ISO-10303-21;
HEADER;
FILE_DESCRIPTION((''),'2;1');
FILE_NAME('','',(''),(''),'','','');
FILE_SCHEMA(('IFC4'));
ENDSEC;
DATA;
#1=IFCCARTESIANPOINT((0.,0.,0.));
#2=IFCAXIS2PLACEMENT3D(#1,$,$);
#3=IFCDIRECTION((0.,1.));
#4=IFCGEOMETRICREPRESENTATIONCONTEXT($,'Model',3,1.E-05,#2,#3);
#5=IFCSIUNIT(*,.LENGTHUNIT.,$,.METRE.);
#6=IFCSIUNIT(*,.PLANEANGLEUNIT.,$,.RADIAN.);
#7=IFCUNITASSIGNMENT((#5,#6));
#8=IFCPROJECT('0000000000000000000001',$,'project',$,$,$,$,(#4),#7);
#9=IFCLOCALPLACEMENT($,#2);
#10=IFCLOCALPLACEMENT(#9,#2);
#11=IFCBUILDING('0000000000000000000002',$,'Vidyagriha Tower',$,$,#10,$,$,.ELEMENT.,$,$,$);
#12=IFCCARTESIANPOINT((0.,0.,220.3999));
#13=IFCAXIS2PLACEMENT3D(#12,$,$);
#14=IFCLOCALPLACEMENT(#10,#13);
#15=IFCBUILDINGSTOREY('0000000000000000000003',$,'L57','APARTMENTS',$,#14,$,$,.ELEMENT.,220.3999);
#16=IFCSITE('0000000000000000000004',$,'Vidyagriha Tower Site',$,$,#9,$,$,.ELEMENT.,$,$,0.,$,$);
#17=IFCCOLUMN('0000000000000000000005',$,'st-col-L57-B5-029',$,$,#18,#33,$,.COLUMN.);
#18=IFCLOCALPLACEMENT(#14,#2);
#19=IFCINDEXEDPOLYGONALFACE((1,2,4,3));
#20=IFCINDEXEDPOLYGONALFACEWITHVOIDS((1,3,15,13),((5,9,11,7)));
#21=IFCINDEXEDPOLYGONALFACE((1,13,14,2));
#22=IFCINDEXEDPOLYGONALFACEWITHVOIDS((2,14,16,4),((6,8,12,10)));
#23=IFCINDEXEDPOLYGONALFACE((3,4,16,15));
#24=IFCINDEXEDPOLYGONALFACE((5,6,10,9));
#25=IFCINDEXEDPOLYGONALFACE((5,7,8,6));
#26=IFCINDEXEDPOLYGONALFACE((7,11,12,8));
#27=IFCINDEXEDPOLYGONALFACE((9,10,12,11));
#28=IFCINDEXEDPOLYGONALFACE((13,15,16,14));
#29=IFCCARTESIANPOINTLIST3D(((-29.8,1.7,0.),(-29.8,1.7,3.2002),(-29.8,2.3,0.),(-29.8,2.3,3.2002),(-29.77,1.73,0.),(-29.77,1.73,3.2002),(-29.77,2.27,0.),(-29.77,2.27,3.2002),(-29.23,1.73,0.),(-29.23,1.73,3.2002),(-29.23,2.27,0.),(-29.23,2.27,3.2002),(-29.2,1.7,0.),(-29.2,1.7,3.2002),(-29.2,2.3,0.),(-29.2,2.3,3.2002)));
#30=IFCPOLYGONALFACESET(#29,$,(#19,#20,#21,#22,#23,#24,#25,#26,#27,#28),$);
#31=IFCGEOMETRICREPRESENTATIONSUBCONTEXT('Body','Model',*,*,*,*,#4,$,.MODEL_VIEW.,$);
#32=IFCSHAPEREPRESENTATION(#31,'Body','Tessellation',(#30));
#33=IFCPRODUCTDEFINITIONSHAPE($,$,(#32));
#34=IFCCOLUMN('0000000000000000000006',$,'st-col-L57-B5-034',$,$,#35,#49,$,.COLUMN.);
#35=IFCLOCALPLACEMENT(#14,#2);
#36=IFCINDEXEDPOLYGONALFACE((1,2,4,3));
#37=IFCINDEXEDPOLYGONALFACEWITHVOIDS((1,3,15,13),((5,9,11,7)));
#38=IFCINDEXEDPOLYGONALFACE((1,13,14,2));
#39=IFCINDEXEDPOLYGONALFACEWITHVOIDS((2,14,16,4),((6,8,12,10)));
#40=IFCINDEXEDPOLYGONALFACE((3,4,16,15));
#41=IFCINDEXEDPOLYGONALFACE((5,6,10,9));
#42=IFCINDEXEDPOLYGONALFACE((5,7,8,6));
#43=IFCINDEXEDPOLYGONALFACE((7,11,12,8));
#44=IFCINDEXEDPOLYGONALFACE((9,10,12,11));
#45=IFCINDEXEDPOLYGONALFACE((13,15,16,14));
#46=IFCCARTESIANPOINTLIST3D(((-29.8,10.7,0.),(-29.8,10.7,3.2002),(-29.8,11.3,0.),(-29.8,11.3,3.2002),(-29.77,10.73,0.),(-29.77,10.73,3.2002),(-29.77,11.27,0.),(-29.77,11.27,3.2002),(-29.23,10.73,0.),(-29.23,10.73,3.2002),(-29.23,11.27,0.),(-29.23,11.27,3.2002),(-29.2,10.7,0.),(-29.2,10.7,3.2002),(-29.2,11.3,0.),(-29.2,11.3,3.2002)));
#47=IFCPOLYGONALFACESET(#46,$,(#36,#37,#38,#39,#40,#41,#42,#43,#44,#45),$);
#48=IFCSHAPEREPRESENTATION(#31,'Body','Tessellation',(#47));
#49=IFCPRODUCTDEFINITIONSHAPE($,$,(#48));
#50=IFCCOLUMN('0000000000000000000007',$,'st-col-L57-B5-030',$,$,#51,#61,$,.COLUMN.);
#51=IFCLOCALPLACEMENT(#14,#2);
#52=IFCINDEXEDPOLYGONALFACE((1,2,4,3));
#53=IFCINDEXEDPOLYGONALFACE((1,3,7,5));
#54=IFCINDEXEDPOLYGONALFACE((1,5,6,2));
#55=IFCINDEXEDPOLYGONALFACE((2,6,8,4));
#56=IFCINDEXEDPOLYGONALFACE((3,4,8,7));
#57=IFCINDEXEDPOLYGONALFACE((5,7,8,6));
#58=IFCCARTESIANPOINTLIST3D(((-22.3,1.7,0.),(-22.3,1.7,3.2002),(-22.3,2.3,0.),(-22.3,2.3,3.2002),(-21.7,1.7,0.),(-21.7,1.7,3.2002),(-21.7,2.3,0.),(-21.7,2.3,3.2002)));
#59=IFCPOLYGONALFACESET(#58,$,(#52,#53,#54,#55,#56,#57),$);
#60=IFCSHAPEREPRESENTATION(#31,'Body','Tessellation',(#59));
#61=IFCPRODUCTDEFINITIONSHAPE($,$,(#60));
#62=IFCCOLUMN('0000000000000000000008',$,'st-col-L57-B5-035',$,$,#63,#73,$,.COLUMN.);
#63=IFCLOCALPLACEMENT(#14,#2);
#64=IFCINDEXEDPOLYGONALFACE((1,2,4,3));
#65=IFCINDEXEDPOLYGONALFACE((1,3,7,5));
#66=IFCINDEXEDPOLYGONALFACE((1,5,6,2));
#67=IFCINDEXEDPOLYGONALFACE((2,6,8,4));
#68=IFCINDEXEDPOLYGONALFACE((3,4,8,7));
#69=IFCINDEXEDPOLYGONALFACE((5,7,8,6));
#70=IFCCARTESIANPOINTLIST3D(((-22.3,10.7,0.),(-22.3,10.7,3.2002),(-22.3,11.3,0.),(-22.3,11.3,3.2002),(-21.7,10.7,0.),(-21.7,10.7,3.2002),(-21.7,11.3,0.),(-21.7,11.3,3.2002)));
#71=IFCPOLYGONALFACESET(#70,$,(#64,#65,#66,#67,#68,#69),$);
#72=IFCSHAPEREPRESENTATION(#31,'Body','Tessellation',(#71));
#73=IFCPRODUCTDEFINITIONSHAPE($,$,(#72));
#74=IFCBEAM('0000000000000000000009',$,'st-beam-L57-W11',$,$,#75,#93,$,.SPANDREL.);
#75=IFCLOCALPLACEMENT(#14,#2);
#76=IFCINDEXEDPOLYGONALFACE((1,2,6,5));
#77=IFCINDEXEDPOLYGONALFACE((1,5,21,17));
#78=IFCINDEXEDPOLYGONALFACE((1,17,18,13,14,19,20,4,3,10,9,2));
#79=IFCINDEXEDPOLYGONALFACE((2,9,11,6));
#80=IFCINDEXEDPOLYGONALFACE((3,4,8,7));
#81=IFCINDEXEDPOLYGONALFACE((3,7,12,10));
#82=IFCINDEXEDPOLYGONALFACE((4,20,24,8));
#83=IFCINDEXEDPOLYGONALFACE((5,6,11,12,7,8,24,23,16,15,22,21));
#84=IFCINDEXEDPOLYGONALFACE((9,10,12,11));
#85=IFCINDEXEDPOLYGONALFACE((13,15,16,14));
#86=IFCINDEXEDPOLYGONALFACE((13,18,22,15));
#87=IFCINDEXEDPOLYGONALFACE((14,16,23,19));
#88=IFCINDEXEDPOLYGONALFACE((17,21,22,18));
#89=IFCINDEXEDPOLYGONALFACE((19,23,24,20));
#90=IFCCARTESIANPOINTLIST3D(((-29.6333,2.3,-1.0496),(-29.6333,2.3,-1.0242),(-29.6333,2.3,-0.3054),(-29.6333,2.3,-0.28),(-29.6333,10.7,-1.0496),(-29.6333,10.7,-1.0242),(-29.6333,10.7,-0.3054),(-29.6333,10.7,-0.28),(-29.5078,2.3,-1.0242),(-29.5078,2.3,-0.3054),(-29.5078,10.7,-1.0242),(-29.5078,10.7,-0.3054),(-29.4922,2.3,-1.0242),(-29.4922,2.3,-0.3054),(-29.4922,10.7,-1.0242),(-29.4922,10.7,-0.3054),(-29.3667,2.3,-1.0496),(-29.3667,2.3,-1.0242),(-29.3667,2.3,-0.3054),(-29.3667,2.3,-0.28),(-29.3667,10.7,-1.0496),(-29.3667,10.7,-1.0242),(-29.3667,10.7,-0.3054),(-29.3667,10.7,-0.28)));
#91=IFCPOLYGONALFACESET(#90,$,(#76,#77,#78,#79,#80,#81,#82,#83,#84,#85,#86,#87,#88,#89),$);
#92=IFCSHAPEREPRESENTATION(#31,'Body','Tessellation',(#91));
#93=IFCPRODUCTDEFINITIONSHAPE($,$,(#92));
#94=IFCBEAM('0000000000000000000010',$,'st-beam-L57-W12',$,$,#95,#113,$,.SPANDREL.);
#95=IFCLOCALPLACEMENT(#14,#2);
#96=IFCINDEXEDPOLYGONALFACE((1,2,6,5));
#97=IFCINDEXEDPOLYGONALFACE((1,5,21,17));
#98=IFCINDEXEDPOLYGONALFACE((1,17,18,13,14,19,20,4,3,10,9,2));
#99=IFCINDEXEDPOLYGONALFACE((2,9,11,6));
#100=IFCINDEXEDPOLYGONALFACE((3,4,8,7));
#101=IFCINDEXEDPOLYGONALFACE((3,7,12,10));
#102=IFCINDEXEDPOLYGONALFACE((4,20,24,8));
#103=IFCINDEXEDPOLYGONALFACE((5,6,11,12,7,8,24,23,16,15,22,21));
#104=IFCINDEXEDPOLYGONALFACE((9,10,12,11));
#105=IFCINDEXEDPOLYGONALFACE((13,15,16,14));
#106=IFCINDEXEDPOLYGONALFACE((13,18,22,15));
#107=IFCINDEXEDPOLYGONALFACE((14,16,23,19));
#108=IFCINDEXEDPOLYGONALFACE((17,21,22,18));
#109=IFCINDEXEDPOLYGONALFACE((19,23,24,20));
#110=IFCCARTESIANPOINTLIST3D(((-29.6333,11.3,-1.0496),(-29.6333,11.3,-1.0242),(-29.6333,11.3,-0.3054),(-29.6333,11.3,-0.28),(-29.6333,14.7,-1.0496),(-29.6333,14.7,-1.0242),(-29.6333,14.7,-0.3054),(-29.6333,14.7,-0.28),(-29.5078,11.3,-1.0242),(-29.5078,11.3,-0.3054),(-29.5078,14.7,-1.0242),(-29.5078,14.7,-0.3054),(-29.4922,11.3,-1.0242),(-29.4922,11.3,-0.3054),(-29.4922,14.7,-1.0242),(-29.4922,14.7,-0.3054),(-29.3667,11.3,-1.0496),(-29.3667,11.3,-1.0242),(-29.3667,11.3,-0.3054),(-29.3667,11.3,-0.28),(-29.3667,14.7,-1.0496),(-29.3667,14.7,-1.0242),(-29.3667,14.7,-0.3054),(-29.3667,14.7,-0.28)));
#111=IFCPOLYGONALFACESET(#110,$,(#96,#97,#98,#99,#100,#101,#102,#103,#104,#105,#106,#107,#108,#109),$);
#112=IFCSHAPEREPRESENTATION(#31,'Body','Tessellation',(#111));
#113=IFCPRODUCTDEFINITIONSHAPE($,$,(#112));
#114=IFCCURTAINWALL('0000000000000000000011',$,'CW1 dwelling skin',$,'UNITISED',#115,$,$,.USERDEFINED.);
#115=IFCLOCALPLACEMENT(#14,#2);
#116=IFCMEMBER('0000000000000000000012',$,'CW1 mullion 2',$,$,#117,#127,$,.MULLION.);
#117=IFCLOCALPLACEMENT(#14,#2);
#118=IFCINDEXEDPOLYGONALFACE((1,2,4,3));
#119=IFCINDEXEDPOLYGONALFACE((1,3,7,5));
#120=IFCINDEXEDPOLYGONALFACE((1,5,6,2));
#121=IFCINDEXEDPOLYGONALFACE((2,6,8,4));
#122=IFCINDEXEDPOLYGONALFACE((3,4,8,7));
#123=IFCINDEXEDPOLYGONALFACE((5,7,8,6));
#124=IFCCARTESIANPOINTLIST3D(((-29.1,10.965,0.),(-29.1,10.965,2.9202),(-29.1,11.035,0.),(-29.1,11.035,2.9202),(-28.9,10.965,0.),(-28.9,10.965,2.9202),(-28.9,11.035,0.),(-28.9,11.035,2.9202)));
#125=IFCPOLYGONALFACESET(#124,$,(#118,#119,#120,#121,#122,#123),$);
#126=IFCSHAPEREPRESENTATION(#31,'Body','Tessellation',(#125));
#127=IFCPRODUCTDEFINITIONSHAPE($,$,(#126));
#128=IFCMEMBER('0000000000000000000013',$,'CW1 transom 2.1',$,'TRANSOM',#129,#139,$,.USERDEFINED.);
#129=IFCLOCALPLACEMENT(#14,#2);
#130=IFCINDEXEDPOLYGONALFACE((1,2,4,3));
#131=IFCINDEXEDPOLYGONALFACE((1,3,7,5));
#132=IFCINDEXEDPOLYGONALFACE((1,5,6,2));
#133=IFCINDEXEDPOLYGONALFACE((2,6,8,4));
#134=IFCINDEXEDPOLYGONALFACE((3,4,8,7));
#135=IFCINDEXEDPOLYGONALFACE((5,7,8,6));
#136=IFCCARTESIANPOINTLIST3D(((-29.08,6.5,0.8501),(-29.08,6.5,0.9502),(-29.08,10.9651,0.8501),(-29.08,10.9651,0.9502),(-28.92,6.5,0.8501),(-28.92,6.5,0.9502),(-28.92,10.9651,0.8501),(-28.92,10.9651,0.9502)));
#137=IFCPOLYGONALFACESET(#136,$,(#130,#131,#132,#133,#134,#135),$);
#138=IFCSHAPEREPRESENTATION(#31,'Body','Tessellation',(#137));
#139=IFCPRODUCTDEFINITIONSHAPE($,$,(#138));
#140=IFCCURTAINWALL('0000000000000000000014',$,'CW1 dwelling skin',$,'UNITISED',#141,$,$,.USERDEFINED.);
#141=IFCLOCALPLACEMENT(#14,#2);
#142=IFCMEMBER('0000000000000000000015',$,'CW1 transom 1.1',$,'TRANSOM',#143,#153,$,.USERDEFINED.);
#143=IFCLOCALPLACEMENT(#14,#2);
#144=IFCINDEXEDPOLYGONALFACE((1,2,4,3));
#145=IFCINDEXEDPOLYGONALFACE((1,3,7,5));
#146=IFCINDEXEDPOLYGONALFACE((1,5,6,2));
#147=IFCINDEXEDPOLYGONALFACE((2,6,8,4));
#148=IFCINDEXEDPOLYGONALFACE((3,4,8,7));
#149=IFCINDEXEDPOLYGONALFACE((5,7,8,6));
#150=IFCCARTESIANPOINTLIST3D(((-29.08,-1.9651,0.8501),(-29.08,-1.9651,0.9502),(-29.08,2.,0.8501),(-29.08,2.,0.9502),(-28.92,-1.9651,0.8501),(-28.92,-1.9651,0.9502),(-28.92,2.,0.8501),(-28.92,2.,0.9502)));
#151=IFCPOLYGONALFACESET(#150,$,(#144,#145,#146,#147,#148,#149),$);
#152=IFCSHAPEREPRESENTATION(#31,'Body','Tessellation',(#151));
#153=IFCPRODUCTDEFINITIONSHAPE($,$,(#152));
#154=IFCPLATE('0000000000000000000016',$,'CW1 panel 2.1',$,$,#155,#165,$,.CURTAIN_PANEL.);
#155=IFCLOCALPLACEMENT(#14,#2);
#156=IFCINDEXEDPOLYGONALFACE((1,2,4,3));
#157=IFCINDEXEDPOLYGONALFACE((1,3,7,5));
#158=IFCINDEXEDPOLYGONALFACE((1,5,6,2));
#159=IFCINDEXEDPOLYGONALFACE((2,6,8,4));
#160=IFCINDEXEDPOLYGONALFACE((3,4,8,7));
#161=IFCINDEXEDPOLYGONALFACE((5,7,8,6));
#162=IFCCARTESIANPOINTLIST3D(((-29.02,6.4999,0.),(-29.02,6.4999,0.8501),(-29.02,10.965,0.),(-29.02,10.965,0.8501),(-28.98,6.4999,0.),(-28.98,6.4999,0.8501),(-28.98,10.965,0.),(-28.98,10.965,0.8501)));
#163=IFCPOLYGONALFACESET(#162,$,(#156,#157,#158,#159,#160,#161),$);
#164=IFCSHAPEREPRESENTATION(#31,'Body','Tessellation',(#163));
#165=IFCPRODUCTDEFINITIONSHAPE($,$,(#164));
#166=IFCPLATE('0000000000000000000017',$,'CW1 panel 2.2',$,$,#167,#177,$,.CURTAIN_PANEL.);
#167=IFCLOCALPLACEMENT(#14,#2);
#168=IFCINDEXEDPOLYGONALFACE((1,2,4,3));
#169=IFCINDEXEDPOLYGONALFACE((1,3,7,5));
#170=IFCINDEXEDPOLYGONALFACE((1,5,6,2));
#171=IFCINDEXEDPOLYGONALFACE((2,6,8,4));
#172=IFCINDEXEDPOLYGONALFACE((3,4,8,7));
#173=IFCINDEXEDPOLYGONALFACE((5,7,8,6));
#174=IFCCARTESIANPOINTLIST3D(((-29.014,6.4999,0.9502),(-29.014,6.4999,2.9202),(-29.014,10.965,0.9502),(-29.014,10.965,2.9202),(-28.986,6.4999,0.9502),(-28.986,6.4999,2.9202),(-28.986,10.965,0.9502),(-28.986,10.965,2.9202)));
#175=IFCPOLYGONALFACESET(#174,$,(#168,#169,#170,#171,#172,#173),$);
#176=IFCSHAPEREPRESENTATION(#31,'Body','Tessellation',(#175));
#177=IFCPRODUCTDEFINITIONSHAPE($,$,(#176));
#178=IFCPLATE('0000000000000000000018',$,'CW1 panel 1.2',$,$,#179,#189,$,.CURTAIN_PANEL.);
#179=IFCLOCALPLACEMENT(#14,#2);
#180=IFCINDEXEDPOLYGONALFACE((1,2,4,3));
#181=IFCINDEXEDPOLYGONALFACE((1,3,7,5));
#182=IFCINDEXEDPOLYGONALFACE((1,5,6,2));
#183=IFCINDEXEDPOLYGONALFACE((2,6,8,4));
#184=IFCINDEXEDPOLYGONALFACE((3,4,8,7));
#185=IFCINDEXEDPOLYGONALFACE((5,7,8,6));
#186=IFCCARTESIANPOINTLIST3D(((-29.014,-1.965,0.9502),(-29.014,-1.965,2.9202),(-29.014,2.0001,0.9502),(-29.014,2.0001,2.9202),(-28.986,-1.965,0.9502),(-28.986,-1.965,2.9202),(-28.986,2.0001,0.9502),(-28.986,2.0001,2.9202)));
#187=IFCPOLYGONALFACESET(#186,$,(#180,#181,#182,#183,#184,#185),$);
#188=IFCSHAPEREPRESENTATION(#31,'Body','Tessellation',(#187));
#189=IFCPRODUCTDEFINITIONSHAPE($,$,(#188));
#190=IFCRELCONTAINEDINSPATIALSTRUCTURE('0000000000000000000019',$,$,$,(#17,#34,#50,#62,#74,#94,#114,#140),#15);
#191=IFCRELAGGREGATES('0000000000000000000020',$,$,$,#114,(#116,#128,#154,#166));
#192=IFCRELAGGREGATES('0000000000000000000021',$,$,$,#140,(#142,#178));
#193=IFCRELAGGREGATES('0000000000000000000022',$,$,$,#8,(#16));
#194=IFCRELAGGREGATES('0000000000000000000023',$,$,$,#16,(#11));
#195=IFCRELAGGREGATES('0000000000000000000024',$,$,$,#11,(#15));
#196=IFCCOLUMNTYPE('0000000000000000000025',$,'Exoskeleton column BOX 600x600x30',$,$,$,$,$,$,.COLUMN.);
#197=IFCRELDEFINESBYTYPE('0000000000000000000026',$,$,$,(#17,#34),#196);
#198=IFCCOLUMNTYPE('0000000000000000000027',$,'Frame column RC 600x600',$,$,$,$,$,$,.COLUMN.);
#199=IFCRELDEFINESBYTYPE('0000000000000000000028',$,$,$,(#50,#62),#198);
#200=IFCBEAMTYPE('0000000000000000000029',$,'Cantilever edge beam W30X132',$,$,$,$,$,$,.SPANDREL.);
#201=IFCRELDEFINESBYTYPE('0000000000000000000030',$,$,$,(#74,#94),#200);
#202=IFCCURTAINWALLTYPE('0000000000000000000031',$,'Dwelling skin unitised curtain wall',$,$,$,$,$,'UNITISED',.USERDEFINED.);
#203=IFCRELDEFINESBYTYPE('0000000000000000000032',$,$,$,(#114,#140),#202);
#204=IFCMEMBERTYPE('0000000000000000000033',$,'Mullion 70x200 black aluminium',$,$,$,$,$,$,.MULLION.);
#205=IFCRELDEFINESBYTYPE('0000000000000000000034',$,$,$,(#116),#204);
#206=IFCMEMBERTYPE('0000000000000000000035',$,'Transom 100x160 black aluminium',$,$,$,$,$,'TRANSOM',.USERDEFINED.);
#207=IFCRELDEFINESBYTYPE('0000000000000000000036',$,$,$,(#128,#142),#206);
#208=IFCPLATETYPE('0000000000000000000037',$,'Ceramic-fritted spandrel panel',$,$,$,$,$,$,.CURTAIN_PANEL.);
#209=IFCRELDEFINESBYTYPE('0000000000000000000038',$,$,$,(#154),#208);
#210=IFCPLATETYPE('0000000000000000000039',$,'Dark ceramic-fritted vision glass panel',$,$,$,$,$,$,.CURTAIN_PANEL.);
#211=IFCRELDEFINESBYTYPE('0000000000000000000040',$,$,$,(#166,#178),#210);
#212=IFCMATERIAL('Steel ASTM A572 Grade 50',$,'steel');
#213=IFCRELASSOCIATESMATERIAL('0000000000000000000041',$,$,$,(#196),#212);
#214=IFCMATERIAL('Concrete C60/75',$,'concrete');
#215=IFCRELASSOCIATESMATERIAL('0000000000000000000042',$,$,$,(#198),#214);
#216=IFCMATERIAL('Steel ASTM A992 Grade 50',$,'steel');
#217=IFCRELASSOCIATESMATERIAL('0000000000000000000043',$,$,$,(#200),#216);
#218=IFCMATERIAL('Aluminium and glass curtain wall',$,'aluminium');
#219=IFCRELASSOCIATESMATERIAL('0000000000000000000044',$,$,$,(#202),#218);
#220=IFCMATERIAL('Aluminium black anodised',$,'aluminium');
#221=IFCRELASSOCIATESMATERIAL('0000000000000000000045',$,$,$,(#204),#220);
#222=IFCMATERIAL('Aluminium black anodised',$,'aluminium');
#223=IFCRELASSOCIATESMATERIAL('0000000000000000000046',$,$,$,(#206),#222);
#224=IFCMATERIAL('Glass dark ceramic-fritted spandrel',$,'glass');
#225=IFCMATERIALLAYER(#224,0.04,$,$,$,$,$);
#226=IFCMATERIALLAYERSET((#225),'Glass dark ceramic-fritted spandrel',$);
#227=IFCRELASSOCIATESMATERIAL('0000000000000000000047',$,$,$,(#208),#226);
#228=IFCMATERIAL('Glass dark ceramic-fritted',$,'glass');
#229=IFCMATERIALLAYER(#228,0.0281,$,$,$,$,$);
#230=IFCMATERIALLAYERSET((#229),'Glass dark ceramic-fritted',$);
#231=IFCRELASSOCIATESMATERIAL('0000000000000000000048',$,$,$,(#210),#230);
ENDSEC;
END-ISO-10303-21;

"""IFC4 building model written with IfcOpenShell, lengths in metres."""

from ifc_helpers import new_model, si_unit, direction, frame, origin, origin_2d, place, context, subcontext, project, spatial, rectangle, hollow_rectangle, i_section, extrude, material, layer, layer_set, material_profile, profile_set, type_object, element, aggregate, save


model = new_model("IFC4")

# Units and contexts
model_context = context("Model", 3, precision=1e-05, world=origin(), true_north=direction((0.0, 1.0)))
body_context = subcontext(model_context, "Body", "Model", "MODEL_VIEW")
ifc_project = project(units=[si_unit("LENGTHUNIT", "METRE"), si_unit("PLANEANGLEUNIT", "RADIAN")], contexts=[model_context])

# Site, building, storey
site_placement = place(None, origin())
site = spatial("IfcSite", under=ifc_project, at=site_placement, Name="Vidyagriha Tower Site", CompositionType="ELEMENT", RefElevation=0.0)
building_placement = place(site_placement, origin())
building = spatial("IfcBuilding", under=site, at=building_placement, Name="Vidyagriha Tower", CompositionType="ELEMENT")
storey_placement = place(building_placement, frame((0.0, 0.0, 220.3999)))
storey = spatial("IfcBuildingStorey", under=building, at=storey_placement, Name="L57", Description="APARTMENTS", CompositionType="ELEMENT", Elevation=220.3999)

# Columns
ifc_material_1 = material(Name="Steel ASTM A572 Grade 50", Category="steel")
ifc_material_profile_1 = material_profile(ifc_material_1, hollow_rectangle(XDim=0.6001, YDim=0.6001, WallThickness=0.03, at=origin_2d()), Name="BOX 600x600x30")
ifc_profile_set_1 = profile_set([ifc_material_profile_1], Name="Steel ASTM A572 Grade 50")
column_type_1 = type_object("IfcColumnType", Name="Exoskeleton column BOX 600x600x30", PredefinedType="COLUMN", material=ifc_profile_set_1)
for number, where, name in (
    (1, (-29.5, 2.0, 0.0), "st-col-L57-B5-029"),
    (2, (-29.5, 11.0, 0.0), "st-col-L57-B5-034"),
):
    element("IfcColumn", number, at=place(storey_placement, frame(where)), inside=storey, type_object=column_type_1, Name=name, PredefinedType="COLUMN", context=body_context, shape_type="SweptSolid", body=[
        extrude(hollow_rectangle(XDim=0.6001, YDim=0.6001, WallThickness=0.03, at=origin_2d()), origin(), (0.0, 0.0, 1.0), 3.2002),
    ])
ifc_material_2 = material(Name="Concrete C60/75", Category="concrete")
ifc_material_profile_2 = material_profile(ifc_material_2, rectangle(XDim=0.6001, YDim=0.6001, at=origin_2d()), Name="RC 600x600")
ifc_profile_set_2 = profile_set([ifc_material_profile_2], Name="Concrete C60/75")
column_type_2 = type_object("IfcColumnType", Name="Frame column RC 600x600", PredefinedType="COLUMN", material=ifc_profile_set_2)
for number, where, name in (
    (3, (-22.0, 2.0, 0.0), "st-col-L57-B5-030"),
    (4, (-22.0, 11.0, 0.0), "st-col-L57-B5-035"),
):
    element("IfcColumn", number, at=place(storey_placement, frame(where)), inside=storey, type_object=column_type_2, Name=name, PredefinedType="COLUMN", context=body_context, shape_type="SweptSolid", body=[
        extrude(rectangle(XDim=0.6001, YDim=0.6001, at=origin_2d()), origin(), (0.0, 0.0, 1.0), 3.2002),
    ])

# Beams
ifc_material_3 = material(Name="Steel ASTM A992 Grade 50", Category="steel")
ifc_material_profile_3 = material_profile(ifc_material_3, i_section(OverallWidth=0.2666, OverallDepth=0.7695, WebThickness=0.0156, FlangeThickness=0.0254, at=origin_2d()), Name="W30X132")
ifc_profile_set_3 = profile_set([ifc_material_profile_3], Name="Steel ASTM A992 Grade 50")
beam_type = type_object("IfcBeamType", Name="Cantilever edge beam W30X132", PredefinedType="SPANDREL", material=ifc_profile_set_3)
beam_1_placement = place(storey_placement, frame((-29.5, 2.3, -0.6648), z_axis=(0.0, 1.0, 0.0), x_axis=(-1.0, 0.0, 0.0)))
element("IfcBeam", 5, at=beam_1_placement, inside=storey, type_object=beam_type, Name="st-beam-L57-W11", PredefinedType="SPANDREL", context=body_context, shape_type="SweptSolid", body=[
    extrude(i_section(OverallWidth=0.2666, OverallDepth=0.7695, WebThickness=0.0156, FlangeThickness=0.0254, at=origin_2d()), origin(), (0.0, 0.0, 1.0), 8.3999),
])
beam_2_placement = place(storey_placement, frame((-29.5, 11.3, -0.6648), z_axis=(0.0, 1.0, 0.0), x_axis=(-1.0, 0.0, 0.0)))
element("IfcBeam", 6, at=beam_2_placement, inside=storey, type_object=beam_type, Name="st-beam-L57-W12", PredefinedType="SPANDREL", context=body_context, shape_type="SweptSolid", body=[
    extrude(i_section(OverallWidth=0.2666, OverallDepth=0.7695, WebThickness=0.0156, FlangeThickness=0.0254, at=origin_2d()), origin(), (0.0, 0.0, 1.0), 3.3999),
])

# Curtain wall, members
ifc_material_4 = material(Name="Aluminium and glass curtain wall", Category="aluminium")
curtain_wall_type = type_object("IfcCurtainWallType", Name="Dwelling skin unitised curtain wall", ElementType="UNITISED", PredefinedType="USERDEFINED", material=ifc_material_4)
curtain_wall_1_placement = place(storey_placement, origin())
curtain_wall_1 = element("IfcCurtainWall", 7, at=curtain_wall_1_placement, inside=storey, type_object=curtain_wall_type, Name="CW1 dwelling skin", ObjectType="UNITISED", PredefinedType="USERDEFINED")
ifc_material_5 = material(Name="Aluminium black anodised", Category="aluminium")
ifc_material_profile_4 = material_profile(ifc_material_5, rectangle(XDim=0.2, YDim=0.0701, at=origin_2d()), Name="Mullion 70x200 black aluminium")
ifc_profile_set_4 = profile_set([ifc_material_profile_4], Name="Aluminium black anodised")
member_type_1 = type_object("IfcMemberType", Name="Mullion 70x200 black aluminium", PredefinedType="MULLION", material=ifc_profile_set_4)
member_1_placement = place(storey_placement, frame((-29.0, 11.0, 0.0)))
member_1 = element("IfcMember", 8, at=member_1_placement, type_object=member_type_1, Name="CW1 mullion 2", PredefinedType="MULLION", context=body_context, shape_type="SweptSolid", body=[
    extrude(rectangle(XDim=0.2, YDim=0.0701, at=origin_2d()), origin(), (0.0, 0.0, 1.0), 2.9202),
])
ifc_material_6 = material(Name="Aluminium black anodised", Category="aluminium")
ifc_material_profile_5 = material_profile(ifc_material_6, rectangle(XDim=0.1599, YDim=0.1001, at=origin_2d()), Name="Transom 100x160 black aluminium")
ifc_profile_set_5 = profile_set([ifc_material_profile_5], Name="Aluminium black anodised")
member_type_2 = type_object("IfcMemberType", Name="Transom 100x160 black aluminium", ElementType="TRANSOM", PredefinedType="USERDEFINED", material=ifc_profile_set_5)
member_2_placement = place(storey_placement, frame((-29.0, 10.9651, 0.9001), z_axis=(0.0, -1.0, 0.0), x_axis=(1.0, 0.0, 0.0)))
member_2 = element("IfcMember", 9, at=member_2_placement, type_object=member_type_2, Name="CW1 transom 2.1", ObjectType="TRANSOM", PredefinedType="USERDEFINED", context=body_context, shape_type="SweptSolid", body=[
    extrude(rectangle(XDim=0.1599, YDim=0.1001, at=origin_2d()), origin(), (0.0, 0.0, 1.0), 4.4651),
])

# Curtain wall, member
curtain_wall_2_placement = place(storey_placement, origin())
curtain_wall_2 = element("IfcCurtainWall", 10, at=curtain_wall_2_placement, inside=storey, type_object=curtain_wall_type, Name="CW1 dwelling skin", ObjectType="UNITISED", PredefinedType="USERDEFINED")
member_3_placement = place(storey_placement, frame((-29.0, 2.0, 0.9001), z_axis=(0.0, -1.0, 0.0), x_axis=(1.0, 0.0, 0.0)))
member_3 = element("IfcMember", 11, at=member_3_placement, type_object=member_type_2, Name="CW1 transom 1.1", ObjectType="TRANSOM", PredefinedType="USERDEFINED", context=body_context, shape_type="SweptSolid", body=[
    extrude(rectangle(XDim=0.1599, YDim=0.1001, at=origin_2d()), origin(), (0.0, 0.0, 1.0), 3.9651),
])

# Plates
ifc_material_7 = material(Name="Glass dark ceramic-fritted spandrel", Category="glass")
ifc_layer_1 = layer(ifc_material_7, 0.04)
ifc_layer_set_1 = layer_set([ifc_layer_1], Name="Glass dark ceramic-fritted spandrel")
plate_type_1 = type_object("IfcPlateType", Name="Ceramic-fritted spandrel panel", PredefinedType="CURTAIN_PANEL", material=ifc_layer_set_1)
plate_1_placement = place(storey_placement, frame((-29.0, 8.7324, 0.0), z_axis=(0.0, 0.0, 1.0), x_axis=(0.0, -1.0, 0.0)))
plate_1 = element("IfcPlate", 12, at=plate_1_placement, type_object=plate_type_1, Name="CW1 panel 2.1", PredefinedType="CURTAIN_PANEL", context=body_context, shape_type="SweptSolid", body=[
    extrude(rectangle(XDim=4.4651, YDim=0.04, at=origin_2d()), origin(), (0.0, 0.0, 1.0), 0.8501),
])
ifc_material_8 = material(Name="Glass dark ceramic-fritted", Category="glass")
ifc_layer_2 = layer(ifc_material_8, 0.0281)
ifc_layer_set_2 = layer_set([ifc_layer_2], Name="Glass dark ceramic-fritted")
plate_type_2 = type_object("IfcPlateType", Name="Dark ceramic-fritted vision glass panel", PredefinedType="CURTAIN_PANEL", material=ifc_layer_set_2)
plate_2_placement = place(storey_placement, frame((-29.0, 8.7324, 0.9502), z_axis=(0.0, 0.0, 1.0), x_axis=(0.0, -1.0, 0.0)))
plate_2 = element("IfcPlate", 13, at=plate_2_placement, type_object=plate_type_2, Name="CW1 panel 2.2", PredefinedType="CURTAIN_PANEL", context=body_context, shape_type="SweptSolid", body=[
    extrude(rectangle(XDim=4.4651, YDim=0.0281, at=origin_2d()), origin(), (0.0, 0.0, 1.0), 1.97),
])
aggregate(curtain_wall_1, [member_1, member_2, plate_1, plate_2])
plate_3_placement = place(storey_placement, frame((-29.0, 0.0176, 0.9502), z_axis=(0.0, 0.0, 1.0), x_axis=(0.0, -1.0, 0.0)))
plate_3 = element("IfcPlate", 14, at=plate_3_placement, type_object=plate_type_2, Name="CW1 panel 1.2", PredefinedType="CURTAIN_PANEL", context=body_context, shape_type="SweptSolid", body=[
    extrude(rectangle(XDim=3.9651, YDim=0.0281, at=origin_2d()), origin(), (0.0, 0.0, 1.0), 1.97),
])
aggregate(curtain_wall_2, [member_3, plate_3])

save(model, "model.ifc")
